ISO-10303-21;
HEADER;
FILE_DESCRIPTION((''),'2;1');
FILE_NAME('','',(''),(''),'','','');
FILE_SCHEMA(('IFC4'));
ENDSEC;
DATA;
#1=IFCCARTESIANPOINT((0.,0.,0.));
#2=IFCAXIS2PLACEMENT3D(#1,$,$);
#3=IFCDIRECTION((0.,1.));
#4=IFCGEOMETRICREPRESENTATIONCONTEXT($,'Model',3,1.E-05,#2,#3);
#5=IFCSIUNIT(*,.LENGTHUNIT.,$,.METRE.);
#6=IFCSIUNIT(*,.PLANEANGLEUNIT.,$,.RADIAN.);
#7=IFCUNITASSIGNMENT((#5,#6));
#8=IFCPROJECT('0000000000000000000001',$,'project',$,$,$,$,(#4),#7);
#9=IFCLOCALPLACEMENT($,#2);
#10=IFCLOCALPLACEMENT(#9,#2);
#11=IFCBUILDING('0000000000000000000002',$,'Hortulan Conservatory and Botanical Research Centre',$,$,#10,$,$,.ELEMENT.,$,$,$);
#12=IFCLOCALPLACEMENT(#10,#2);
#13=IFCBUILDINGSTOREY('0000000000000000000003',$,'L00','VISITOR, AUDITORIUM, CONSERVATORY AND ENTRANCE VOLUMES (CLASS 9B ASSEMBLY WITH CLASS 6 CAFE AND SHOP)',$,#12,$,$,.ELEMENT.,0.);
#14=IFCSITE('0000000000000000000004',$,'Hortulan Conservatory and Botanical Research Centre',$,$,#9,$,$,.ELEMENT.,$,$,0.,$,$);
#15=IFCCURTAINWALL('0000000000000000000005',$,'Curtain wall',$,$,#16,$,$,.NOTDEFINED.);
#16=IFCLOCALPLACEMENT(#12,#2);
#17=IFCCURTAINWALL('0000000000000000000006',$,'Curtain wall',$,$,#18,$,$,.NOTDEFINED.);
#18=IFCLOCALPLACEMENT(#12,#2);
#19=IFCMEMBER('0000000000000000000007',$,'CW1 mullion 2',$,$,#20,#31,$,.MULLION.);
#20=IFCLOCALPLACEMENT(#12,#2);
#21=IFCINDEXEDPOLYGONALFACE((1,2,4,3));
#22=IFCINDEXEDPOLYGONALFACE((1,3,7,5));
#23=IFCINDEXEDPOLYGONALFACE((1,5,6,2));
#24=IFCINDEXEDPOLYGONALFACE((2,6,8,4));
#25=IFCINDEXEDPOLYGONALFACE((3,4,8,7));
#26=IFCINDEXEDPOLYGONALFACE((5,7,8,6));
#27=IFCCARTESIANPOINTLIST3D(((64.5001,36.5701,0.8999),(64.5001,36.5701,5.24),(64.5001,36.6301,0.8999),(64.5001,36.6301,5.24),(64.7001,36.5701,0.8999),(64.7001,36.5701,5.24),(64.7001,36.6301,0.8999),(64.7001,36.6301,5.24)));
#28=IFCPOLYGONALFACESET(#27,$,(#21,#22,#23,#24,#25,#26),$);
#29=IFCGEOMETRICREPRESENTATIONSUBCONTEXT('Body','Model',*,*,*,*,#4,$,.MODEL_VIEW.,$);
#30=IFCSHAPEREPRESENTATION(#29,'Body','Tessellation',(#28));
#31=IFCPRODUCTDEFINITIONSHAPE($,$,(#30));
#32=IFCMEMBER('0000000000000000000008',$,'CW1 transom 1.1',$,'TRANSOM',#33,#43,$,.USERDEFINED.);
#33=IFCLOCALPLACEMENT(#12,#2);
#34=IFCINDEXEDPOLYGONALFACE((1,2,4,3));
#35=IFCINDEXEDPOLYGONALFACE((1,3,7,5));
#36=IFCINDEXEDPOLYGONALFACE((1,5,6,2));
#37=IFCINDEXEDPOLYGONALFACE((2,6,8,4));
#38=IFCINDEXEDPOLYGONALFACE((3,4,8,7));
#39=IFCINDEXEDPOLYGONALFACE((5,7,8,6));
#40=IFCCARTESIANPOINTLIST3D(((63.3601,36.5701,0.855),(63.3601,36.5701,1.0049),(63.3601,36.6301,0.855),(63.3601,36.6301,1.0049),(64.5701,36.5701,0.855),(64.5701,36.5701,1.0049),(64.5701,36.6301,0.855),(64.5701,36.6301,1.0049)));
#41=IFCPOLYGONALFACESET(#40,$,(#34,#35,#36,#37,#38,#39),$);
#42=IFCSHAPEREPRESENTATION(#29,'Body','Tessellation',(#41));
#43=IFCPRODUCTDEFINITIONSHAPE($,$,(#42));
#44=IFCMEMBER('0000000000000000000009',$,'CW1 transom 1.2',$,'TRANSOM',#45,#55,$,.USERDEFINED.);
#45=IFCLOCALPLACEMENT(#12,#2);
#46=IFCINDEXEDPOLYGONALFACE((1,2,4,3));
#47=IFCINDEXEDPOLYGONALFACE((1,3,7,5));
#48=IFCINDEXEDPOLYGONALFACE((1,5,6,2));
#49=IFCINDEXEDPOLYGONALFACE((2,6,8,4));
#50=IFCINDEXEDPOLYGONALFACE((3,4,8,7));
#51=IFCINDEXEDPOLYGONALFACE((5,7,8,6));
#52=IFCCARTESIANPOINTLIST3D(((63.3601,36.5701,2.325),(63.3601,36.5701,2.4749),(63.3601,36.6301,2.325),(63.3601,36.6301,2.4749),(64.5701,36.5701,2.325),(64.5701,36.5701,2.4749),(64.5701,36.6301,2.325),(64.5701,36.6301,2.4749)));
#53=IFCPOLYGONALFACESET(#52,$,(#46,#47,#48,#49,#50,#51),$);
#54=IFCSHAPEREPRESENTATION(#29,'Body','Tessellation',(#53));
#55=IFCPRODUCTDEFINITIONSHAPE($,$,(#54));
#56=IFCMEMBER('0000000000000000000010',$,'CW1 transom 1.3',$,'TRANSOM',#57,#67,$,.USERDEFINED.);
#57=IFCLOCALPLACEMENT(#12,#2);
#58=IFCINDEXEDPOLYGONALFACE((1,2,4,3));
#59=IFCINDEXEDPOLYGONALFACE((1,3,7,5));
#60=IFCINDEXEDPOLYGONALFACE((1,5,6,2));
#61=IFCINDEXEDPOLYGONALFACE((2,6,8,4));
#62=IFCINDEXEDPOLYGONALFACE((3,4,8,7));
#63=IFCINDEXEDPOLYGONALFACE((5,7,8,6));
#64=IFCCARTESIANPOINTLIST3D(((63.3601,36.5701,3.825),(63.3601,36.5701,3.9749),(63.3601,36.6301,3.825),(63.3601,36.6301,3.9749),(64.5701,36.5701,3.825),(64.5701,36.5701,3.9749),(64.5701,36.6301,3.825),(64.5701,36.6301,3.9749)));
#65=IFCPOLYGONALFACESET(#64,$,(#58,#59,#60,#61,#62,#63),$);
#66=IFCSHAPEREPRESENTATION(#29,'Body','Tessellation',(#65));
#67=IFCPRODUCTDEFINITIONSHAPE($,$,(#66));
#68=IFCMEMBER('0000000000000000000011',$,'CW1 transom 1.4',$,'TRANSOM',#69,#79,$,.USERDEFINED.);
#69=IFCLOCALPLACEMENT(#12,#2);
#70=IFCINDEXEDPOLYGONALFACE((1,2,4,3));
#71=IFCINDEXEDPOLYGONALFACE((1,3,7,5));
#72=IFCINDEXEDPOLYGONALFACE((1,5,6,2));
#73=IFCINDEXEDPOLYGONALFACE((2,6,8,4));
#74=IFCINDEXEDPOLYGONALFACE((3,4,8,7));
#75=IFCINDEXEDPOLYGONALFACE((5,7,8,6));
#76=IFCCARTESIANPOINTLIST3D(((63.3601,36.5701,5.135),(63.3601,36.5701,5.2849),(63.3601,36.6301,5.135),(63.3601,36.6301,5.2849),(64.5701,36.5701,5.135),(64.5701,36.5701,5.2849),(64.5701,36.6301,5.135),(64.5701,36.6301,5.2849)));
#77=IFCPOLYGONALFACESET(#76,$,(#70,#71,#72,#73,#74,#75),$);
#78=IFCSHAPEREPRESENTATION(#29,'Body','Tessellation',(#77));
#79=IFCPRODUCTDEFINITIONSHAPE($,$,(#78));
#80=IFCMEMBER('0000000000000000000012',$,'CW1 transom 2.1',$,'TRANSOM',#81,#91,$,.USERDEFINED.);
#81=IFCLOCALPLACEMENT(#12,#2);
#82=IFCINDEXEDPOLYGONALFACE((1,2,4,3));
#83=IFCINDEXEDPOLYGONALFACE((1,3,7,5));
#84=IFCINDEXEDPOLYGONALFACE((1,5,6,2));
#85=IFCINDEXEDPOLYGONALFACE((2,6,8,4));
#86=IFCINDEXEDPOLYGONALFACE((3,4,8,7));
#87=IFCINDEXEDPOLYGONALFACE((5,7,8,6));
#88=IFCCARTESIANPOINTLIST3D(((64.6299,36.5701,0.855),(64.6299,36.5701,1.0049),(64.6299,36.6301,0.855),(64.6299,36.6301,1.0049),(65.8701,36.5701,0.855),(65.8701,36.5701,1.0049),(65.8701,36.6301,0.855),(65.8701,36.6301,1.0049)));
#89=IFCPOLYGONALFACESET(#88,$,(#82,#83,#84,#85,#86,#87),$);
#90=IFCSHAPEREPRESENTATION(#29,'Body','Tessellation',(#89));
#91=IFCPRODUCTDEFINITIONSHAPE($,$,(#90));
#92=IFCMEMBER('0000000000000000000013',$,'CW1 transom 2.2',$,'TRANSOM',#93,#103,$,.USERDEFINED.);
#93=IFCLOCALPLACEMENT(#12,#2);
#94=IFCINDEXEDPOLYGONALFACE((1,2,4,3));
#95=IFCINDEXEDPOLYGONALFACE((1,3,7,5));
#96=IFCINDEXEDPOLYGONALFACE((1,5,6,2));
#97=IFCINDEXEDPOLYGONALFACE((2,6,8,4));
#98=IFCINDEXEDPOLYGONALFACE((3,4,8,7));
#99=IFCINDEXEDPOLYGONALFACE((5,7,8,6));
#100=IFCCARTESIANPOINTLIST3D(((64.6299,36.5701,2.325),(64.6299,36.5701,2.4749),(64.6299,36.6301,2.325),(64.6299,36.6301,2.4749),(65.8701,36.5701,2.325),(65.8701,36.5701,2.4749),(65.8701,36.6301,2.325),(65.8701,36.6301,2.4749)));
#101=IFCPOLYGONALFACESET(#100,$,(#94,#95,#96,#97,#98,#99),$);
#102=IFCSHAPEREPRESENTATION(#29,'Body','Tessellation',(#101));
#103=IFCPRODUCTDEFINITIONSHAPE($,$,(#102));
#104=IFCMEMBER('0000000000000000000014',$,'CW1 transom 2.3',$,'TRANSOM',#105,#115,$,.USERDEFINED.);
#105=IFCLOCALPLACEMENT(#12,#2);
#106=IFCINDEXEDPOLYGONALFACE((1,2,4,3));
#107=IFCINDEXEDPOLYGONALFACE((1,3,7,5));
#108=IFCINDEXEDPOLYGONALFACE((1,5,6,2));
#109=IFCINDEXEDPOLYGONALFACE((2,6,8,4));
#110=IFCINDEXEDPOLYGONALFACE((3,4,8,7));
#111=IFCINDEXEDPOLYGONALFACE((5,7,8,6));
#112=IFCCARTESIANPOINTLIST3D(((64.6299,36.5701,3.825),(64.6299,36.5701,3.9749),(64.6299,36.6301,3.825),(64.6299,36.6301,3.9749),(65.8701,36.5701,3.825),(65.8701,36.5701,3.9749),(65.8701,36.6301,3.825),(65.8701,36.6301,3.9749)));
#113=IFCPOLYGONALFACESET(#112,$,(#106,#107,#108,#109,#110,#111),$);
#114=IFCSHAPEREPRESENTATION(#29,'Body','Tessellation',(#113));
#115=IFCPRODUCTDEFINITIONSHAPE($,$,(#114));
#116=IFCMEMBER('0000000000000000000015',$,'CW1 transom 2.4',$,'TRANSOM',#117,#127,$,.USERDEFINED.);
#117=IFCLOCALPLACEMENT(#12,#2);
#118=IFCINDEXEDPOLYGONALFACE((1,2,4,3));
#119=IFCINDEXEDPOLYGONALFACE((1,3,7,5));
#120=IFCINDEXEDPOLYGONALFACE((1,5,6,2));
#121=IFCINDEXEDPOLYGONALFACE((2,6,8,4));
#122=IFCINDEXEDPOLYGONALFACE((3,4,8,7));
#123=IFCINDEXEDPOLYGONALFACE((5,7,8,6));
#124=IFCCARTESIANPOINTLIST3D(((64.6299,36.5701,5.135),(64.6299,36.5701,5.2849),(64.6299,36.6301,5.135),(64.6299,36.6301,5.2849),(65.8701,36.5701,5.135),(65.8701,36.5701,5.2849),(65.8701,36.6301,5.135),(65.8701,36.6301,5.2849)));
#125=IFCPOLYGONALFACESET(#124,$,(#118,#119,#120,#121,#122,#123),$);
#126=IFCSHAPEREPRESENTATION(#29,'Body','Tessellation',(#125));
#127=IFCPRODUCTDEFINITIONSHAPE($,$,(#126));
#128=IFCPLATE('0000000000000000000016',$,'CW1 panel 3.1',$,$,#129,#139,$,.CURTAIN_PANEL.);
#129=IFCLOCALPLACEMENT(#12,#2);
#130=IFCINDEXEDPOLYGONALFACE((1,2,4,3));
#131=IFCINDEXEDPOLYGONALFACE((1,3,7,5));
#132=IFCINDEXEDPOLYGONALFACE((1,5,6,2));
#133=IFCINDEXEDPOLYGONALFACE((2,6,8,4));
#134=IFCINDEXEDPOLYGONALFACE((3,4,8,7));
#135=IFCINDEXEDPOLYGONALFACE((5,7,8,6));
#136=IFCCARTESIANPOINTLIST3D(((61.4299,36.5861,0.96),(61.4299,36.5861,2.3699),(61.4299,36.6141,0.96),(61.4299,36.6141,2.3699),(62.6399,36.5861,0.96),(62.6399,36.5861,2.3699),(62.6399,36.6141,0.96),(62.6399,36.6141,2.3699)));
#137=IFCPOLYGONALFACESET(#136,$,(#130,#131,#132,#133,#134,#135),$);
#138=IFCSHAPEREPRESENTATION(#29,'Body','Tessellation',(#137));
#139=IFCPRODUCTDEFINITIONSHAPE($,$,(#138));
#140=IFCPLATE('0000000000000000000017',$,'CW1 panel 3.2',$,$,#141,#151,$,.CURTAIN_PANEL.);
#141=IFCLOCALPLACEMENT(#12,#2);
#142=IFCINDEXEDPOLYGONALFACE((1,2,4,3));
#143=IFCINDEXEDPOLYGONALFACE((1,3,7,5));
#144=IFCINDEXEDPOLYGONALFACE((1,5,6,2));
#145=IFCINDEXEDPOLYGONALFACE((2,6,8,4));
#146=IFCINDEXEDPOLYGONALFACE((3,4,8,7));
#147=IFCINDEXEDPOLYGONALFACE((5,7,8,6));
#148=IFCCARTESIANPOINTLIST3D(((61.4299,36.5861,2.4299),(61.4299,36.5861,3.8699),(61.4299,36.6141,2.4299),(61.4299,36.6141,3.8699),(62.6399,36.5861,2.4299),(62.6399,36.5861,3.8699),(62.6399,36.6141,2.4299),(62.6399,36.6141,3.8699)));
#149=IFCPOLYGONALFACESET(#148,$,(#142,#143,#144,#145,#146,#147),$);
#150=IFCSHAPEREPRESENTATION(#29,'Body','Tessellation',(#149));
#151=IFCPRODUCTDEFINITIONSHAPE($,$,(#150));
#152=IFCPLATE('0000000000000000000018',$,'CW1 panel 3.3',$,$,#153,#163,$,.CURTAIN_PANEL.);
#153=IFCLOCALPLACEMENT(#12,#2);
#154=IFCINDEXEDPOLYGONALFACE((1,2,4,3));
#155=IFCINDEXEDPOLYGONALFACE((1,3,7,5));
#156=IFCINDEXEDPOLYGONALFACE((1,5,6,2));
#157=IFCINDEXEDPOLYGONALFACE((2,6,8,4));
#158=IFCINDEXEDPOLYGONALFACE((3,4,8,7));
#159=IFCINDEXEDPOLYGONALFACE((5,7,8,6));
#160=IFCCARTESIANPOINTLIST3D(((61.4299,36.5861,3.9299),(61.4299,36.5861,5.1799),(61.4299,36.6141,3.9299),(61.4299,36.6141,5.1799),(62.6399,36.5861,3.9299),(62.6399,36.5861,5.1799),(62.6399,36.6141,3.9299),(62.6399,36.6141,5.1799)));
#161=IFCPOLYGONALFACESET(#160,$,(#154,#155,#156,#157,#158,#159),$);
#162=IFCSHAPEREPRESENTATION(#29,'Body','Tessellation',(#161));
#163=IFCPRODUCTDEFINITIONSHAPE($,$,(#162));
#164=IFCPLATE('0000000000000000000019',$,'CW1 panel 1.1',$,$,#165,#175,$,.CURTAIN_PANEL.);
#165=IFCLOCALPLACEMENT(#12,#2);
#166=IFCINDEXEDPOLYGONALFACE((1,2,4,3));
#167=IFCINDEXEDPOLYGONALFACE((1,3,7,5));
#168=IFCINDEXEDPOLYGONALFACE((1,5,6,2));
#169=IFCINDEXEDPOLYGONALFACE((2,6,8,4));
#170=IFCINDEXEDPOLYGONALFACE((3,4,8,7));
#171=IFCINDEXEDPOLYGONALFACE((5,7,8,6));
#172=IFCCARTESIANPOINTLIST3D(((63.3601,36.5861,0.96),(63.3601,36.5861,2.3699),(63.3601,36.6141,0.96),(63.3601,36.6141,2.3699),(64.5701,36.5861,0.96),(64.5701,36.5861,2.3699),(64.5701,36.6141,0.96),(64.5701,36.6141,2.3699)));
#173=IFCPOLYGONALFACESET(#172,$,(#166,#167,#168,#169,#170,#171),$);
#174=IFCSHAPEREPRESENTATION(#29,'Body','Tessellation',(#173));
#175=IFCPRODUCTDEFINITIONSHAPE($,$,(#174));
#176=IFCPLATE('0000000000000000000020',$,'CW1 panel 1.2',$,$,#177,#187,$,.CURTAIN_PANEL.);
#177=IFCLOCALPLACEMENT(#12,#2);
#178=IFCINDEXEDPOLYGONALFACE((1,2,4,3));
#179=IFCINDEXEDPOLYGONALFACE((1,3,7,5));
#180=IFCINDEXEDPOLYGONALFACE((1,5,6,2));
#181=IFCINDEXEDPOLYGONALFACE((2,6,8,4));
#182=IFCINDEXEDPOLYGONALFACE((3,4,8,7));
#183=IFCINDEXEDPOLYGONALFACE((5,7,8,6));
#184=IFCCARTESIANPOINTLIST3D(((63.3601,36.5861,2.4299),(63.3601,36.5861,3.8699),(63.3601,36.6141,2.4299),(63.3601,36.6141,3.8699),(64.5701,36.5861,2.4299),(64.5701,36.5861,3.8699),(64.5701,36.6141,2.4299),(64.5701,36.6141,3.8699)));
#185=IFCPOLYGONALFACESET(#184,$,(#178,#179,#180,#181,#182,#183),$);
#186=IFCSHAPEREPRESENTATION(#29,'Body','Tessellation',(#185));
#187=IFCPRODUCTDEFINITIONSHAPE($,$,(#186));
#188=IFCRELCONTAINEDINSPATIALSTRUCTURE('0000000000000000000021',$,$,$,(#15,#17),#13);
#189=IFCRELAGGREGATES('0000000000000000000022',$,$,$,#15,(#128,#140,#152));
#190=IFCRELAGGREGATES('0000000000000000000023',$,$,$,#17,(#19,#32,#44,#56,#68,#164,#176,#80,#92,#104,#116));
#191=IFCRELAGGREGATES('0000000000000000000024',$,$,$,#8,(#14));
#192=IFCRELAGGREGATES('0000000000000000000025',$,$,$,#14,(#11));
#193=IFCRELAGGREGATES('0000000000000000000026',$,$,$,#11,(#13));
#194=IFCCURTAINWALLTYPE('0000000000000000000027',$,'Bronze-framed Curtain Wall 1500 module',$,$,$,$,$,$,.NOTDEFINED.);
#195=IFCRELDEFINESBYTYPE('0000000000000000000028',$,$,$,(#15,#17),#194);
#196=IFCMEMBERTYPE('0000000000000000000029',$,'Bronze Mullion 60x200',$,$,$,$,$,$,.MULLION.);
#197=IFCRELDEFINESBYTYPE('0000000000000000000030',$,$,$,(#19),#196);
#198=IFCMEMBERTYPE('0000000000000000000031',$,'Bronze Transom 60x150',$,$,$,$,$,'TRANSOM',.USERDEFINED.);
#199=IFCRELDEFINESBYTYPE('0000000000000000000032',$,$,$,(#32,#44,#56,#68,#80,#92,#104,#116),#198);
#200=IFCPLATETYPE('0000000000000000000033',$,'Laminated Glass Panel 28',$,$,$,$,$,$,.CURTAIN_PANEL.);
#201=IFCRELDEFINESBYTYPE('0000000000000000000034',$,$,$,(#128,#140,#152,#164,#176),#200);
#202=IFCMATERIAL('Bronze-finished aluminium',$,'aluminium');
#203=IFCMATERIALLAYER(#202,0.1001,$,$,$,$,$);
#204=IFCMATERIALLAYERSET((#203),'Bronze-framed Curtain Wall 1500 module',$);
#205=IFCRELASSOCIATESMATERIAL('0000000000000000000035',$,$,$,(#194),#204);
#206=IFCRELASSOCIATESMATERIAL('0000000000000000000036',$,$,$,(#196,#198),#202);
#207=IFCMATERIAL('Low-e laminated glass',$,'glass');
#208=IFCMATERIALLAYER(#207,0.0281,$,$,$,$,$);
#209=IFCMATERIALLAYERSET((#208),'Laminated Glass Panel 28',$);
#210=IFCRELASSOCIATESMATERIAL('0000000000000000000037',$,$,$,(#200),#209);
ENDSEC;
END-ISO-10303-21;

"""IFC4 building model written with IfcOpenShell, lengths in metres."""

from ifc_helpers import new_model, si_unit, direction, frame, origin, origin_2d, place, context, subcontext, project, spatial, rectangle, extrude, material, layer, layer_set, material_profile, profile_set, type_object, element, aggregate, save


model = new_model("IFC4")

# Units and contexts
model_context = context("Model", 3, precision=1e-05, world=origin(), true_north=direction((0.0, 1.0)))
body_context = subcontext(model_context, "Body", "Model", "MODEL_VIEW")
ifc_project = project(units=[si_unit("LENGTHUNIT", "METRE"), si_unit("PLANEANGLEUNIT", "RADIAN")], contexts=[model_context])

# Site, building, storey
site_placement = place(None, origin())
site = spatial("IfcSite", under=ifc_project, at=site_placement, Name="Hortulan Conservatory and Botanical Research Centre", CompositionType="ELEMENT", RefElevation=0.0)
building_placement = place(site_placement, origin())
building = spatial("IfcBuilding", under=site, at=building_placement, Name="Hortulan Conservatory and Botanical Research Centre", CompositionType="ELEMENT")
storey_placement = place(building_placement, origin())
storey = spatial("IfcBuildingStorey", under=building, at=storey_placement, Name="L00", Description="VISITOR, AUDITORIUM, CONSERVATORY AND ENTRANCE VOLUMES (CLASS 9B ASSEMBLY WITH CLASS 6 CAFE AND SHOP)", CompositionType="ELEMENT", Elevation=0.0)

# Curtain wall
ifc_material_1 = material(Name="Bronze-finished aluminium", Category="aluminium")
ifc_layer_1 = layer(ifc_material_1, 0.1001)
ifc_layer_set_1 = layer_set([ifc_layer_1], Name="Bronze-framed Curtain Wall 1500 module")
curtain_wall_type = type_object("IfcCurtainWallType", Name="Bronze-framed Curtain Wall 1500 module", PredefinedType="NOTDEFINED", material=ifc_layer_set_1)
curtain_wall_1_placement = place(storey_placement, origin())
curtain_wall_1 = element("IfcCurtainWall", 1, at=curtain_wall_1_placement, inside=storey, type_object=curtain_wall_type, Name="Curtain wall", PredefinedType="NOTDEFINED")
ifc_material_profile_1 = material_profile(ifc_material_1, rectangle(XDim=0.0601, YDim=0.2, at=origin_2d()), Name="Bronze Mullion 60x200")
ifc_profile_set_1 = profile_set([ifc_material_profile_1], Name="Bronze-finished aluminium")
member_type_1 = type_object("IfcMemberType", Name="Bronze Mullion 60x200", PredefinedType="MULLION", material=ifc_profile_set_1)

# Curtain wall, members
curtain_wall_2_placement = place(storey_placement, origin())
curtain_wall_2 = element("IfcCurtainWall", 2, at=curtain_wall_2_placement, inside=storey, type_object=curtain_wall_type, Name="Curtain wall", PredefinedType="NOTDEFINED")
member_1_placement = place(storey_placement, frame((64.6001, 36.6001, 0.8999), z_axis=(0.0, 0.0, 1.0), x_axis=(0.0, 1.0, 0.0)))
member_1 = element("IfcMember", 3, at=member_1_placement, type_object=member_type_1, Name="CW1 mullion 2", PredefinedType="MULLION", context=body_context, shape_type="SweptSolid", body=[
    extrude(rectangle(XDim=0.0601, YDim=0.2, at=origin_2d()), origin(), (0.0, 0.0, 1.0), 4.3401),
])
ifc_material_profile_2 = material_profile(ifc_material_1, rectangle(XDim=0.0601, YDim=0.1499, at=origin_2d()), Name="Bronze Transom 60x150")
ifc_profile_set_2 = profile_set([ifc_material_profile_2], Name="Bronze-finished aluminium")
member_type_2 = type_object("IfcMemberType", Name="Bronze Transom 60x150", ElementType="TRANSOM", PredefinedType="USERDEFINED", material=ifc_profile_set_2)
member_2_placement = place(storey_placement, frame((63.3601, 36.6001, 0.9299), z_axis=(1.0, 0.0, 0.0), x_axis=(0.0, 1.0, 0.0)))
member_2 = element("IfcMember", 4, at=member_2_placement, type_object=member_type_2, Name="CW1 transom 1.1", ObjectType="TRANSOM", PredefinedType="USERDEFINED", context=body_context, shape_type="SweptSolid", body=[
    extrude(rectangle(XDim=0.0601, YDim=0.1499, at=origin_2d()), origin(), (0.0, 0.0, 1.0), 1.21),
])
member_3_placement = place(storey_placement, frame((63.3601, 36.6001, 2.3999), z_axis=(1.0, 0.0, 0.0), x_axis=(0.0, 1.0, 0.0)))
member_3 = element("IfcMember", 5, at=member_3_placement, type_object=member_type_2, Name="CW1 transom 1.2", ObjectType="TRANSOM", PredefinedType="USERDEFINED", context=body_context, shape_type="SweptSolid", body=[
    extrude(rectangle(XDim=0.0601, YDim=0.1499, at=origin_2d()), origin(), (0.0, 0.0, 1.0), 1.21),
])
member_4_placement = place(storey_placement, frame((63.3601, 36.6001, 3.8999), z_axis=(1.0, 0.0, 0.0), x_axis=(0.0, 1.0, 0.0)))
member_4 = element("IfcMember", 6, at=member_4_placement, type_object=member_type_2, Name="CW1 transom 1.3", ObjectType="TRANSOM", PredefinedType="USERDEFINED", context=body_context, shape_type="SweptSolid", body=[
    extrude(rectangle(XDim=0.0601, YDim=0.1499, at=origin_2d()), origin(), (0.0, 0.0, 1.0), 1.21),
])
member_5_placement = place(storey_placement, frame((63.3601, 36.6001, 5.21), z_axis=(1.0, 0.0, 0.0), x_axis=(0.0, 1.0, 0.0)))
member_5 = element("IfcMember", 7, at=member_5_placement, type_object=member_type_2, Name="CW1 transom 1.4", ObjectType="TRANSOM", PredefinedType="USERDEFINED", context=body_context, shape_type="SweptSolid", body=[
    extrude(rectangle(XDim=0.0601, YDim=0.1499, at=origin_2d()), origin(), (0.0, 0.0, 1.0), 1.21),
])
member_6_placement = place(storey_placement, frame((64.6299, 36.6001, 0.9299), z_axis=(1.0, 0.0, 0.0), x_axis=(0.0, 1.0, 0.0)))
member_6 = element("IfcMember", 8, at=member_6_placement, type_object=member_type_2, Name="CW1 transom 2.1", ObjectType="TRANSOM", PredefinedType="USERDEFINED", context=body_context, shape_type="SweptSolid", body=[
    extrude(rectangle(XDim=0.0601, YDim=0.1499, at=origin_2d()), origin(), (0.0, 0.0, 1.0), 1.2402),
])
member_7_placement = place(storey_placement, frame((64.6299, 36.6001, 2.3999), z_axis=(1.0, 0.0, 0.0), x_axis=(0.0, 1.0, 0.0)))
member_7 = element("IfcMember", 9, at=member_7_placement, type_object=member_type_2, Name="CW1 transom 2.2", ObjectType="TRANSOM", PredefinedType="USERDEFINED", context=body_context, shape_type="SweptSolid", body=[
    extrude(rectangle(XDim=0.0601, YDim=0.1499, at=origin_2d()), origin(), (0.0, 0.0, 1.0), 1.2402),
])
member_8_placement = place(storey_placement, frame((64.6299, 36.6001, 3.8999), z_axis=(1.0, 0.0, 0.0), x_axis=(0.0, 1.0, 0.0)))
member_8 = element("IfcMember", 10, at=member_8_placement, type_object=member_type_2, Name="CW1 transom 2.3", ObjectType="TRANSOM", PredefinedType="USERDEFINED", context=body_context, shape_type="SweptSolid", body=[
    extrude(rectangle(XDim=0.0601, YDim=0.1499, at=origin_2d()), origin(), (0.0, 0.0, 1.0), 1.2402),
])
member_9_placement = place(storey_placement, frame((64.6299, 36.6001, 5.21), z_axis=(1.0, 0.0, 0.0), x_axis=(0.0, 1.0, 0.0)))
member_9 = element("IfcMember", 11, at=member_9_placement, type_object=member_type_2, Name="CW1 transom 2.4", ObjectType="TRANSOM", PredefinedType="USERDEFINED", context=body_context, shape_type="SweptSolid", body=[
    extrude(rectangle(XDim=0.0601, YDim=0.1499, at=origin_2d()), origin(), (0.0, 0.0, 1.0), 1.2402),
])

# Plates
ifc_material_2 = material(Name="Low-e laminated glass", Category="glass")
ifc_layer_2 = layer(ifc_material_2, 0.0281)
ifc_layer_set_2 = layer_set([ifc_layer_2], Name="Laminated Glass Panel 28")
plate_type = type_object("IfcPlateType", Name="Laminated Glass Panel 28", PredefinedType="CURTAIN_PANEL", material=ifc_layer_set_2)
plate_1_placement = place(storey_placement, frame((62.0349, 36.6001, 0.96), z_axis=(0.0, 0.0, 1.0), x_axis=(1.0, 0.0, 0.0)))
plate_1 = element("IfcPlate", 12, at=plate_1_placement, type_object=plate_type, Name="CW1 panel 3.1", PredefinedType="CURTAIN_PANEL", context=body_context, shape_type="SweptSolid", body=[
    extrude(rectangle(XDim=1.21, YDim=0.0281, at=origin_2d()), origin(), (0.0, 0.0, 1.0), 1.4099),
])
plate_2_placement = place(storey_placement, frame((62.0349, 36.6001, 2.4299), z_axis=(0.0, 0.0, 1.0), x_axis=(1.0, 0.0, 0.0)))
plate_2 = element("IfcPlate", 13, at=plate_2_placement, type_object=plate_type, Name="CW1 panel 3.2", PredefinedType="CURTAIN_PANEL", context=body_context, shape_type="SweptSolid", body=[
    extrude(rectangle(XDim=1.21, YDim=0.0281, at=origin_2d()), origin(), (0.0, 0.0, 1.0), 1.4399),
])
plate_3_placement = place(storey_placement, frame((62.0349, 36.6001, 3.9299), z_axis=(0.0, 0.0, 1.0), x_axis=(1.0, 0.0, 0.0)))
plate_3 = element("IfcPlate", 14, at=plate_3_placement, type_object=plate_type, Name="CW1 panel 3.3", PredefinedType="CURTAIN_PANEL", context=body_context, shape_type="SweptSolid", body=[
    extrude(rectangle(XDim=1.21, YDim=0.0281, at=origin_2d()), origin(), (0.0, 0.0, 1.0), 1.25),
])
aggregate(curtain_wall_1, [plate_1, plate_2, plate_3])
plate_4_placement = place(storey_placement, frame((63.9651, 36.6001, 0.96), z_axis=(0.0, 0.0, 1.0), x_axis=(1.0, 0.0, 0.0)))
plate_4 = element("IfcPlate", 15, at=plate_4_placement, type_object=plate_type, Name="CW1 panel 1.1", PredefinedType="CURTAIN_PANEL", context=body_context, shape_type="SweptSolid", body=[
    extrude(rectangle(XDim=1.21, YDim=0.0281, at=origin_2d()), origin(), (0.0, 0.0, 1.0), 1.4099),
])
plate_5_placement = place(storey_placement, frame((63.9651, 36.6001, 2.4299), z_axis=(0.0, 0.0, 1.0), x_axis=(1.0, 0.0, 0.0)))
plate_5 = element("IfcPlate", 16, at=plate_5_placement, type_object=plate_type, Name="CW1 panel 1.2", PredefinedType="CURTAIN_PANEL", context=body_context, shape_type="SweptSolid", body=[
    extrude(rectangle(XDim=1.21, YDim=0.0281, at=origin_2d()), origin(), (0.0, 0.0, 1.0), 1.4399),
])
aggregate(curtain_wall_2, [member_1, member_2, member_3, member_4, member_5, plate_4, plate_5, member_6, member_7, member_8, member_9])

save(model, "model.ifc")
